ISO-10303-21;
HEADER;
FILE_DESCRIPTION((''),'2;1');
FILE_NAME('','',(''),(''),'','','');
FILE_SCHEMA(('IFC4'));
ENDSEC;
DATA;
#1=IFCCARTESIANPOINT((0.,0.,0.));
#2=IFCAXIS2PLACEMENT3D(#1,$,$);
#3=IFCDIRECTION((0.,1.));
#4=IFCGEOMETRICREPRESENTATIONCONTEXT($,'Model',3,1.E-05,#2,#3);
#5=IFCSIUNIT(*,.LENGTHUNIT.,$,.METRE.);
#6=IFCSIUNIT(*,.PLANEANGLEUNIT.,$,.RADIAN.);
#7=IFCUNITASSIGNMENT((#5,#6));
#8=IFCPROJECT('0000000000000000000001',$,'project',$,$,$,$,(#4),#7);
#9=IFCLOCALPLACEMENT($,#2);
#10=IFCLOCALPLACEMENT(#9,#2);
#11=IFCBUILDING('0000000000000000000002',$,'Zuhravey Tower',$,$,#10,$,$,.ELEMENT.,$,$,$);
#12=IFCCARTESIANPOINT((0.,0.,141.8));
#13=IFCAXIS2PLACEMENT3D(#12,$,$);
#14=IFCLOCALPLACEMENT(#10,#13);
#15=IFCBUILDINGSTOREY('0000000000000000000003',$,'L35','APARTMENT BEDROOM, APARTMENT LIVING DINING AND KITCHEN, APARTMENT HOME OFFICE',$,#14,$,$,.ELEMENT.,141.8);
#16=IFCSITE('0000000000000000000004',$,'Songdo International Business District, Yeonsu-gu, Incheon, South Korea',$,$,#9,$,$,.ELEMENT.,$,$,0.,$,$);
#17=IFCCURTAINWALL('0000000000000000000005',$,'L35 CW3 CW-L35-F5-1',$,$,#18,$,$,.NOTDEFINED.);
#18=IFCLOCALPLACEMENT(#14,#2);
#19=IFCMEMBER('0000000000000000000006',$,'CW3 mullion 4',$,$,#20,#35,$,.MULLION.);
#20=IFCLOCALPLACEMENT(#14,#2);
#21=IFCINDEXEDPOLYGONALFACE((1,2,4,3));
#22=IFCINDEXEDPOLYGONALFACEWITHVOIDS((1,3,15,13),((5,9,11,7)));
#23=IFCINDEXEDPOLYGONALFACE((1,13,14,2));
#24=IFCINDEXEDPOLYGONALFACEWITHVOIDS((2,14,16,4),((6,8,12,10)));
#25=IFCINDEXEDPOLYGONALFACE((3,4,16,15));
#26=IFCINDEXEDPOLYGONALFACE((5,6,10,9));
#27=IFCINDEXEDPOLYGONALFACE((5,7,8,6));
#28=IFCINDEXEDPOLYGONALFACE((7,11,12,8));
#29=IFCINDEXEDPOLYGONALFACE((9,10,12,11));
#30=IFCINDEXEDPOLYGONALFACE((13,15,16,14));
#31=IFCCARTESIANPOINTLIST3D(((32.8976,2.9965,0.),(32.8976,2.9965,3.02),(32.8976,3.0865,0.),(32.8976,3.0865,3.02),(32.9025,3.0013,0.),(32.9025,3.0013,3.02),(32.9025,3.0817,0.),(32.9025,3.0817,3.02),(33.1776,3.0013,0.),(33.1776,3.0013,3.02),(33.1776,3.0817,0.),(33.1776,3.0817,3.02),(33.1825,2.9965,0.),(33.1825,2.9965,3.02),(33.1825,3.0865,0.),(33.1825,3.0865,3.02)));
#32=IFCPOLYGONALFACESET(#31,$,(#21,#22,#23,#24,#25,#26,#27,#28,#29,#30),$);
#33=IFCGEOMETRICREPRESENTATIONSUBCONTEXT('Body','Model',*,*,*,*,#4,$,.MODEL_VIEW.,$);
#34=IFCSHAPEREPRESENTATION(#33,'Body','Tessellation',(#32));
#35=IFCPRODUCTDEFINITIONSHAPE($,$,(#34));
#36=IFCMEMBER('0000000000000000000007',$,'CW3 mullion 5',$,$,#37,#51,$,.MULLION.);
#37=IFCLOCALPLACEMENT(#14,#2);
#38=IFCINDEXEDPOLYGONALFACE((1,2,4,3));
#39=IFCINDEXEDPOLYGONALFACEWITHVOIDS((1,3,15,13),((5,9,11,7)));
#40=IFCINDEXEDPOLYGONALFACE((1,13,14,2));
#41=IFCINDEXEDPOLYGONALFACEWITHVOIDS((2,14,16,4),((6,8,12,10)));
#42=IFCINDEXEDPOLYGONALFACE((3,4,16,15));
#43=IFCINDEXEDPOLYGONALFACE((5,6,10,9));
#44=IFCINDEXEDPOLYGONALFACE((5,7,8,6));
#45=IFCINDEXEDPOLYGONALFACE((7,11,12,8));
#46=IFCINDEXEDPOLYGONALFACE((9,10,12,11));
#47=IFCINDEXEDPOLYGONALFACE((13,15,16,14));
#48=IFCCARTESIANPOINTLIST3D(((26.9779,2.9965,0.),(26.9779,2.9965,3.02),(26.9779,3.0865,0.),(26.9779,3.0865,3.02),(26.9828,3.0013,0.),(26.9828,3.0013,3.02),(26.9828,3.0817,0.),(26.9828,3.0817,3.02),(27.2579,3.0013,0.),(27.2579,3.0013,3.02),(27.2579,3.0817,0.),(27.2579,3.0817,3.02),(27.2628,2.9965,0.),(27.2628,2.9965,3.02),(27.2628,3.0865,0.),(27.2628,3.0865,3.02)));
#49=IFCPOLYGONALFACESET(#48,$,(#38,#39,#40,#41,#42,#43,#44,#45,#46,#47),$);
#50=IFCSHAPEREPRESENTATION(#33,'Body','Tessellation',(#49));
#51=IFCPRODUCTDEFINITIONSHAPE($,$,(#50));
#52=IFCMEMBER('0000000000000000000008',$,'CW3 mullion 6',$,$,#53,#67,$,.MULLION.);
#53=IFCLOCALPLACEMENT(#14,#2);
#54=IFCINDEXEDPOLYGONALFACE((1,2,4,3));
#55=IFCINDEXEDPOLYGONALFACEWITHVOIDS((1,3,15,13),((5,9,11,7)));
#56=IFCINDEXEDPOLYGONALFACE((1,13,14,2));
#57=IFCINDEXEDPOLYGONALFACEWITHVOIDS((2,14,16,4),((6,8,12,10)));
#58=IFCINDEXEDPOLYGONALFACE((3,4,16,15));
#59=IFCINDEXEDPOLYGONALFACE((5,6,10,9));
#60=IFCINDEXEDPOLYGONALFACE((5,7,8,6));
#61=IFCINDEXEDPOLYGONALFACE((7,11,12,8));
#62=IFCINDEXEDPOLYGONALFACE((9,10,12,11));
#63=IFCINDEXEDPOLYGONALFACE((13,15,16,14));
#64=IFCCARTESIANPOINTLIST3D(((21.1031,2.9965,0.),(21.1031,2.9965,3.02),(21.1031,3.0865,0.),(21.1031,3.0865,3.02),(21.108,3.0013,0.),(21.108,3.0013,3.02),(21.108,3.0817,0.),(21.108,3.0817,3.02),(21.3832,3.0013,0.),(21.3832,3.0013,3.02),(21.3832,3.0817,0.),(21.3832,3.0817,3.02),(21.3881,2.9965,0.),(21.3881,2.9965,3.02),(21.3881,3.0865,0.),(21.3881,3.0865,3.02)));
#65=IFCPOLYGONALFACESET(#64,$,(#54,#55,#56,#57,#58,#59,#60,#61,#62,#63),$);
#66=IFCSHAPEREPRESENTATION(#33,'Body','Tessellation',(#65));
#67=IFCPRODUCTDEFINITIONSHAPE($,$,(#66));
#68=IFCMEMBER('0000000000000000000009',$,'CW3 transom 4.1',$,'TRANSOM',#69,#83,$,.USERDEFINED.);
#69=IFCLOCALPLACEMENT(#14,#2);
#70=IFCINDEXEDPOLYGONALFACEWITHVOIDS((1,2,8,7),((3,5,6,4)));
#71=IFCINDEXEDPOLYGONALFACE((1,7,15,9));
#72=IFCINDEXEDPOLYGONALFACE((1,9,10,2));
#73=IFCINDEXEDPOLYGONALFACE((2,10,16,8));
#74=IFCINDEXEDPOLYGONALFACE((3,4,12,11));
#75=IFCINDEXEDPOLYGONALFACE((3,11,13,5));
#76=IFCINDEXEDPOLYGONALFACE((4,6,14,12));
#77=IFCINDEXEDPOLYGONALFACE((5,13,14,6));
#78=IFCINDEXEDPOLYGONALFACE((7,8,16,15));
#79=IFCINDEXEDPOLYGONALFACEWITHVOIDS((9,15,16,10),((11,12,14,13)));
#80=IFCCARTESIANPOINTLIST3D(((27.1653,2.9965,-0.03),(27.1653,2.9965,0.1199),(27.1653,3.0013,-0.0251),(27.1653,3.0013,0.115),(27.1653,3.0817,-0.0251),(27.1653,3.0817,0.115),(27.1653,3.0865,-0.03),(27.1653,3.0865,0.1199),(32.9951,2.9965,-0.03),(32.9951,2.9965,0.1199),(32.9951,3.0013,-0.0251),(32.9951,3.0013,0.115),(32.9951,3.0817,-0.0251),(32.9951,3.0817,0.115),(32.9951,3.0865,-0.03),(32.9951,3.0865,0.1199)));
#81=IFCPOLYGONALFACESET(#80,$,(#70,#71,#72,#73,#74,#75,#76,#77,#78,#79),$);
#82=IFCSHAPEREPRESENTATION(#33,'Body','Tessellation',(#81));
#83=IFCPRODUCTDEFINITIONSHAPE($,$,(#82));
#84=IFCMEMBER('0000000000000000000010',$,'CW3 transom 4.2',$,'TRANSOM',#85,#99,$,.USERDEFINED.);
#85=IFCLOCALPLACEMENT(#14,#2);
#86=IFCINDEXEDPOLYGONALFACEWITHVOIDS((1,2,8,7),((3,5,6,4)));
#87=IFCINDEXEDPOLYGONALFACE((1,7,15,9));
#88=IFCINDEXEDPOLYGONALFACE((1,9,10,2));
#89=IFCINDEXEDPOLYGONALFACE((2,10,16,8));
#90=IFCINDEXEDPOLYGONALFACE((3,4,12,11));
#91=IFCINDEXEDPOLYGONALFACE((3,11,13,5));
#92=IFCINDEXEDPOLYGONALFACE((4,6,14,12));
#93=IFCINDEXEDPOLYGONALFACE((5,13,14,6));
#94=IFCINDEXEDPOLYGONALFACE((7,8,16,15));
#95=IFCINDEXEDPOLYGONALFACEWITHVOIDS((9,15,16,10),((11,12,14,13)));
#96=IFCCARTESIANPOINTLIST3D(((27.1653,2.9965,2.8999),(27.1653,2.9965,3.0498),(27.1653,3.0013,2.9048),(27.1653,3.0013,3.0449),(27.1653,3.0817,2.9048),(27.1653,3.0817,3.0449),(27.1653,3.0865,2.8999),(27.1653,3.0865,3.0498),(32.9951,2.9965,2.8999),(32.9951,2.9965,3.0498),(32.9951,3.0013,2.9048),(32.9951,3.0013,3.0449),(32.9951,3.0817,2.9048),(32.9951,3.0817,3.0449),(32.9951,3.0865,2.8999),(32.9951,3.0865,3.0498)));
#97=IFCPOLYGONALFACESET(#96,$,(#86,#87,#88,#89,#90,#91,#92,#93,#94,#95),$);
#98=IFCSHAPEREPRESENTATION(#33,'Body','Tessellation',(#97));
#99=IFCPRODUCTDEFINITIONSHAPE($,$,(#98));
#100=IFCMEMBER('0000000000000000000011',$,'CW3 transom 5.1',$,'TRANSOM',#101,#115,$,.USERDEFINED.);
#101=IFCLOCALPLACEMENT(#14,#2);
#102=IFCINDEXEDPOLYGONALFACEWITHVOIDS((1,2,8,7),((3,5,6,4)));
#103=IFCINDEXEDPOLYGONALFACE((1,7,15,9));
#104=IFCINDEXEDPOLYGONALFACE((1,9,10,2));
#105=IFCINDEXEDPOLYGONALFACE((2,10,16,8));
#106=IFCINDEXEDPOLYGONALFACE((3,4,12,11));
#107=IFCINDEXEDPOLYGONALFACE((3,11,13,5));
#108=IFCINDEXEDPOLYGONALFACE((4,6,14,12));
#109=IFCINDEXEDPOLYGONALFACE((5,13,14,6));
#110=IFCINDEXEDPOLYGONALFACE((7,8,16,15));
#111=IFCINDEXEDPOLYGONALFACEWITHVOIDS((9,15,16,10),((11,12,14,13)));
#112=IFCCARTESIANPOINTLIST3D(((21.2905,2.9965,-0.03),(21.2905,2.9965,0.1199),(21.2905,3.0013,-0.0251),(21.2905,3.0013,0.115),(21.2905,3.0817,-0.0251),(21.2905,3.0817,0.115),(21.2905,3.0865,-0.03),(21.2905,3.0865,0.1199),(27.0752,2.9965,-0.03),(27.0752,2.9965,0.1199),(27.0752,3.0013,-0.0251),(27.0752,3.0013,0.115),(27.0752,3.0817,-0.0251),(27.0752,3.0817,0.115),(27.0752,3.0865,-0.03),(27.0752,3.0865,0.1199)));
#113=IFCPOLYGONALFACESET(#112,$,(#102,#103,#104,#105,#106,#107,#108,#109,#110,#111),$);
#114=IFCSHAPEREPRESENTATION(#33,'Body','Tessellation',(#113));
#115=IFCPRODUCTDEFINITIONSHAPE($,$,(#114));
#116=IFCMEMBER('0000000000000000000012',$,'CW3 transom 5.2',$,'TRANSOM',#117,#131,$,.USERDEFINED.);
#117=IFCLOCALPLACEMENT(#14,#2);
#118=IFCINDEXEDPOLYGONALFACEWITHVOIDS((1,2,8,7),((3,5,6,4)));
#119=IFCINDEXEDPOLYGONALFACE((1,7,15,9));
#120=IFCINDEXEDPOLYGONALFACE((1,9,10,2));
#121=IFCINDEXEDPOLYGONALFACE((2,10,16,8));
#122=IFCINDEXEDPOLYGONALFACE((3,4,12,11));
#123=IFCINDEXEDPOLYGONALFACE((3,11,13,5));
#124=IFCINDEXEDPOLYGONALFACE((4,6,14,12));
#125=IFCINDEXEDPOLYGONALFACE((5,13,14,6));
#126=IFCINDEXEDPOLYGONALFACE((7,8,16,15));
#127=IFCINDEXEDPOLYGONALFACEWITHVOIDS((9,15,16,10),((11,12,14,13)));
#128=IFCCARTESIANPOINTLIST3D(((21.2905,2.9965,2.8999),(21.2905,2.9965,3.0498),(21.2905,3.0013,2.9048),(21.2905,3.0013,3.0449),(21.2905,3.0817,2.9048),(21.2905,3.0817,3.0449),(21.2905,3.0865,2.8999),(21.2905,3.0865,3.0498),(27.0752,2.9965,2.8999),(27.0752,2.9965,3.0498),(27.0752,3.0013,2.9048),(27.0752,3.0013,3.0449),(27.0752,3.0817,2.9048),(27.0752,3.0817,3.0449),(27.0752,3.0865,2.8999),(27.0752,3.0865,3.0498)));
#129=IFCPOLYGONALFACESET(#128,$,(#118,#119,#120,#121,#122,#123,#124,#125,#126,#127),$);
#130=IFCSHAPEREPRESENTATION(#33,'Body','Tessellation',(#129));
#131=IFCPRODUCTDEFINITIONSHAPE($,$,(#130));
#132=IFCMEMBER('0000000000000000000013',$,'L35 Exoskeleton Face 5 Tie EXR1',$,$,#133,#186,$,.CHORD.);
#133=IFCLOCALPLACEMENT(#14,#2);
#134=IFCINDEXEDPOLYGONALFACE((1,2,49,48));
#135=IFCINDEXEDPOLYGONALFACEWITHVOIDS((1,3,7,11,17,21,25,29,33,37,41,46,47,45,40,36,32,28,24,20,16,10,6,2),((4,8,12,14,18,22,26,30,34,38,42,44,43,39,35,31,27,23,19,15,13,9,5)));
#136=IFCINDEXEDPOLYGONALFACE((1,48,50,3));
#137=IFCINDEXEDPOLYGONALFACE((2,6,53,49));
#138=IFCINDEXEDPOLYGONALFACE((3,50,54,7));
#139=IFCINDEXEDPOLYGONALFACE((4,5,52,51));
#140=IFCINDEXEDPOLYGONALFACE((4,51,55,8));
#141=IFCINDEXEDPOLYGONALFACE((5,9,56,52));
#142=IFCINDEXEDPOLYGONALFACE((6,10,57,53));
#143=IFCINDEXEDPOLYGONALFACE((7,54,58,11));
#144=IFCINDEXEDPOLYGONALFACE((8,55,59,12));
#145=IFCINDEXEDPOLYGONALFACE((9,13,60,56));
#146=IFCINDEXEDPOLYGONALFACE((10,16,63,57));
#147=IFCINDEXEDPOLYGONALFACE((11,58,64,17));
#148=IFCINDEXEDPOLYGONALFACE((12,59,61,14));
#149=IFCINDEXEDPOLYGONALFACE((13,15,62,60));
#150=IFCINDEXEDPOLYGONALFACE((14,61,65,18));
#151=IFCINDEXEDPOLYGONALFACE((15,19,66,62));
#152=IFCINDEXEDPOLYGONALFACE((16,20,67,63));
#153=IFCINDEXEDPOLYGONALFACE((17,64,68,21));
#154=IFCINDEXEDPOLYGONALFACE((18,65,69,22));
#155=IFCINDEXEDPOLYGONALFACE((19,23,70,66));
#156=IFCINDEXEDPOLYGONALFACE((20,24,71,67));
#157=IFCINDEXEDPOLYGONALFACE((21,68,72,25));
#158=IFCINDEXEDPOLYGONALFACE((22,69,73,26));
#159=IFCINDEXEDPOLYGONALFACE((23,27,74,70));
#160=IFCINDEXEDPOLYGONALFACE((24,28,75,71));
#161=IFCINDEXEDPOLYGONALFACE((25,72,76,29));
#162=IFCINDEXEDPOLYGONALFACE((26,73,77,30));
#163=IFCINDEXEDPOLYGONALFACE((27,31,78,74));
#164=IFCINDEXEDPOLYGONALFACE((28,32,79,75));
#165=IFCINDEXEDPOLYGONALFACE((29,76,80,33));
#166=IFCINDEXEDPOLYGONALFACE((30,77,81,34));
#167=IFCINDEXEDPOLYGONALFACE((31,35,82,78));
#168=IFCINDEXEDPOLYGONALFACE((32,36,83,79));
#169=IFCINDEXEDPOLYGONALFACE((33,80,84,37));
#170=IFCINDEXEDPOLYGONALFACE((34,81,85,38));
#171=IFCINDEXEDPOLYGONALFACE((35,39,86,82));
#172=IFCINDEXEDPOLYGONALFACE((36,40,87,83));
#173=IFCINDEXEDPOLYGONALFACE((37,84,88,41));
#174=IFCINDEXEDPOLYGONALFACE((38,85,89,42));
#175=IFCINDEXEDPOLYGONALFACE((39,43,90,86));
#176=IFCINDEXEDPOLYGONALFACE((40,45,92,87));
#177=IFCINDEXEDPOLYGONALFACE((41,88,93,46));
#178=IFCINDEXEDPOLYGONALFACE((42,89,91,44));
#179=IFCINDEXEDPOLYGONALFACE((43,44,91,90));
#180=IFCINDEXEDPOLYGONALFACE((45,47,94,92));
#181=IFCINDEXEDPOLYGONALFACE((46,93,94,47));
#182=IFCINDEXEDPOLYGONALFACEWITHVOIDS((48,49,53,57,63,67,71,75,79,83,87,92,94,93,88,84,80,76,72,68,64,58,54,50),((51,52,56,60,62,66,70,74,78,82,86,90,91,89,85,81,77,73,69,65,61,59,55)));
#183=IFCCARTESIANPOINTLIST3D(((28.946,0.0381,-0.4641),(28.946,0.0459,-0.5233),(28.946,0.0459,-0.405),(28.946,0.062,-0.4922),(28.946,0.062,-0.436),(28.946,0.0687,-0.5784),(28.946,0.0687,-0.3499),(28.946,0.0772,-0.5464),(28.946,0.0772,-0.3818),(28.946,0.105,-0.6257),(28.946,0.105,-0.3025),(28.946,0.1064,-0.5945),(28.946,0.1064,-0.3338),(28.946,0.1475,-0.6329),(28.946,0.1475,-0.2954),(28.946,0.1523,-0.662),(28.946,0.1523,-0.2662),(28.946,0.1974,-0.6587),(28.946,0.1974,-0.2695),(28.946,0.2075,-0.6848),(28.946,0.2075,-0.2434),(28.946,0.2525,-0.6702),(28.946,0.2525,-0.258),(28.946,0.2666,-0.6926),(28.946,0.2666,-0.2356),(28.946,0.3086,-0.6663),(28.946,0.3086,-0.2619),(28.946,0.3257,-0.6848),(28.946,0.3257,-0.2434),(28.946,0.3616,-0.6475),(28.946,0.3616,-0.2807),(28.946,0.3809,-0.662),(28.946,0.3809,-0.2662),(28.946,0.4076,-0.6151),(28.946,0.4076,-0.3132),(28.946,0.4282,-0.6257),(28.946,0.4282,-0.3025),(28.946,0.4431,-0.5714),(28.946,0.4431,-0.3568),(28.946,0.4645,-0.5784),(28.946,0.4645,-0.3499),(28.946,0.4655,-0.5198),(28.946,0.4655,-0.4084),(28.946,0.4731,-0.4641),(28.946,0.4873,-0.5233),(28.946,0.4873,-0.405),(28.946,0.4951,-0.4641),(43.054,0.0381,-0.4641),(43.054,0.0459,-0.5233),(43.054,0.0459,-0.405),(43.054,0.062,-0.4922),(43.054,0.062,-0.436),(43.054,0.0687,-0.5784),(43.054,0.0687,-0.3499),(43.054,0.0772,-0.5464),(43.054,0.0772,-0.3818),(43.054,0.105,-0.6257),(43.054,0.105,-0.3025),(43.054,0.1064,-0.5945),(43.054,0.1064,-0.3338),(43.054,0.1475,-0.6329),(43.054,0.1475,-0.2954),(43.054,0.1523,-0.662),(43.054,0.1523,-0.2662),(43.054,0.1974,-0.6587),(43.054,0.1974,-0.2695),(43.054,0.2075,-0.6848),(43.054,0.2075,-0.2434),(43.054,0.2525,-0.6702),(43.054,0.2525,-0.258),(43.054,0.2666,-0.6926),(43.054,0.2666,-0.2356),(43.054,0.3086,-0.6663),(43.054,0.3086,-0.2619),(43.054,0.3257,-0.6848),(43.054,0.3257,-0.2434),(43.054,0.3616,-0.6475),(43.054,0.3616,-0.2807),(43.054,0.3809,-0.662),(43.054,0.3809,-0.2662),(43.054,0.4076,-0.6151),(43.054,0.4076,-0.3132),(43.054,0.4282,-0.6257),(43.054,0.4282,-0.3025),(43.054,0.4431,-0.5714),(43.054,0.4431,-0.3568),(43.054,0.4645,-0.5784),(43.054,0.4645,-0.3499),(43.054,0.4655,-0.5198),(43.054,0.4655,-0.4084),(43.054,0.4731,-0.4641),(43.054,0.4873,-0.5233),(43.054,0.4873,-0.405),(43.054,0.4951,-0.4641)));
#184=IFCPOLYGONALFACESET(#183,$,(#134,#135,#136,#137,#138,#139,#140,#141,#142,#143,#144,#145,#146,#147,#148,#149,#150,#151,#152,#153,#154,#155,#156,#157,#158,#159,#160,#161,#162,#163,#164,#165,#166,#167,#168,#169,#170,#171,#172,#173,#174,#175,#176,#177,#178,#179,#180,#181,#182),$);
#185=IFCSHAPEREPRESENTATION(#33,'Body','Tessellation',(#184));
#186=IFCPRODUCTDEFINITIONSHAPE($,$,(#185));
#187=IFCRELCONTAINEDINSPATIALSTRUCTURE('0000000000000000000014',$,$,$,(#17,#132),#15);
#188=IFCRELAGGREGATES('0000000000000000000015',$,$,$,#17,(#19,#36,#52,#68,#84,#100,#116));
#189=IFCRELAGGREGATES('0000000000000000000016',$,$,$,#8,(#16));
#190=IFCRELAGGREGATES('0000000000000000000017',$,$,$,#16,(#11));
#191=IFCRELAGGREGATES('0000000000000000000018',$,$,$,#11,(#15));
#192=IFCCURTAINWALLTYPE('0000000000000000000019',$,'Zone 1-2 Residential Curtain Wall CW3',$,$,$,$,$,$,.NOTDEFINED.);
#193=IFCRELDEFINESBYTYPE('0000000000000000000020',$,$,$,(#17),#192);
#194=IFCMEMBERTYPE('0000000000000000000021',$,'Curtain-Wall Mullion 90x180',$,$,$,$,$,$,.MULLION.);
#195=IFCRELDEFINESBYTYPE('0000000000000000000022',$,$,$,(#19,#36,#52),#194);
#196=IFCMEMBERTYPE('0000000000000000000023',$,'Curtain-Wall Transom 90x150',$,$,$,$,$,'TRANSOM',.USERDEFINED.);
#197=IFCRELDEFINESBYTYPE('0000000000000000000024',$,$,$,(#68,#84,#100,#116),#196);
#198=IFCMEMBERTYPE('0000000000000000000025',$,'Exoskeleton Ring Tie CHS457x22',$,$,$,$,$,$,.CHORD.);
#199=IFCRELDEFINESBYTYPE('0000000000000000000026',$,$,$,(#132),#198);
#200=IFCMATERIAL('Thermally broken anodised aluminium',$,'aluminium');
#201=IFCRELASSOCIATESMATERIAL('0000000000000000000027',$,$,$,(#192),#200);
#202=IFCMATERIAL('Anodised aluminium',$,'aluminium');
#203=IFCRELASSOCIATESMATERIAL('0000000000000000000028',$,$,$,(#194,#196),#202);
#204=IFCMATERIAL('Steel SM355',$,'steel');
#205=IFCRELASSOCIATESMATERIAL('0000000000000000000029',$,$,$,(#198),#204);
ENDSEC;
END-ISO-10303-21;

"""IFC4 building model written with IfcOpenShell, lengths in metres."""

from ifc_helpers import new_model, si_unit, direction, frame, origin, origin_2d, place, context, subcontext, project, spatial, hollow_rectangle, hollow_circle, extrude, material, material_profile, profile_set, type_object, element, aggregate, save


model = new_model("IFC4")

# Units and contexts
model_context = context("Model", 3, precision=1e-05, world=origin(), true_north=direction((0.0, 1.0)))
body_context = subcontext(model_context, "Body", "Model", "MODEL_VIEW")
ifc_project = project(units=[si_unit("LENGTHUNIT", "METRE"), si_unit("PLANEANGLEUNIT", "RADIAN")], contexts=[model_context])

# Site, building, storey
site_placement = place(None, origin())
site = spatial("IfcSite", under=ifc_project, at=site_placement, Name="Songdo International Business District, Yeonsu-gu, Incheon, South Korea", CompositionType="ELEMENT", RefElevation=0.0)
building_placement = place(site_placement, origin())
building = spatial("IfcBuilding", under=site, at=building_placement, Name="Zuhravey Tower", CompositionType="ELEMENT")
storey_placement = place(building_placement, frame((0.0, 0.0, 141.8)))
storey = spatial("IfcBuildingStorey", under=building, at=storey_placement, Name="L35", Description="APARTMENT BEDROOM, APARTMENT LIVING DINING AND KITCHEN, APARTMENT HOME OFFICE", CompositionType="ELEMENT", Elevation=141.8)

# Curtain wall, members
ifc_material_1 = material(Name="Thermally broken anodised aluminium", Category="aluminium")
curtain_wall_type = type_object("IfcCurtainWallType", Name="Zone 1-2 Residential Curtain Wall CW3", PredefinedType="NOTDEFINED", material=ifc_material_1)
curtain_wall_placement = place(storey_placement, origin())
curtain_wall = element("IfcCurtainWall", 1, at=curtain_wall_placement, inside=storey, type_object=curtain_wall_type, Name="L35 CW3 CW-L35-F5-1", PredefinedType="NOTDEFINED")
ifc_material_2 = material(Name="Anodised aluminium", Category="aluminium")
ifc_material_profile_1 = material_profile(ifc_material_2, hollow_rectangle(XDim=0.0901, YDim=0.2849, WallThickness=0.0049, at=origin_2d()), Name="ALU-RHS-90x285x5")
ifc_profile_set_1 = profile_set([ifc_material_profile_1], Name="Anodised aluminium")
member_type_1 = type_object("IfcMemberType", Name="Curtain-Wall Mullion 90x180", PredefinedType="MULLION", material=ifc_profile_set_1)
member_1_placement = place(storey_placement, frame((33.04, 3.0415, 0.0), z_axis=(0.0, 0.0, 1.0), x_axis=(0.0, -1.0, 0.0)))
member_1 = element("IfcMember", 2, at=member_1_placement, type_object=member_type_1, Name="CW3 mullion 4", PredefinedType="MULLION", context=body_context, shape_type="SweptSolid", body=[
    extrude(hollow_rectangle(XDim=0.0901, YDim=0.2849, WallThickness=0.0049, at=origin_2d()), origin(), (0.0, 0.0, 1.0), 3.02),
])
member_2_placement = place(storey_placement, frame((27.1204, 3.0415, 0.0), z_axis=(0.0, 0.0, 1.0), x_axis=(0.0, -1.0, 0.0)))
member_2 = element("IfcMember", 3, at=member_2_placement, type_object=member_type_1, Name="CW3 mullion 5", PredefinedType="MULLION", context=body_context, shape_type="SweptSolid", body=[
    extrude(hollow_rectangle(XDim=0.0901, YDim=0.2849, WallThickness=0.0049, at=origin_2d()), origin(), (0.0, 0.0, 1.0), 3.02),
])
member_3_placement = place(storey_placement, frame((21.2456, 3.0415, 0.0), z_axis=(0.0, 0.0, 1.0), x_axis=(0.0, -1.0, 0.0)))
member_3 = element("IfcMember", 4, at=member_3_placement, type_object=member_type_1, Name="CW3 mullion 6", PredefinedType="MULLION", context=body_context, shape_type="SweptSolid", body=[
    extrude(hollow_rectangle(XDim=0.0901, YDim=0.2849, WallThickness=0.0049, at=origin_2d()), origin(), (0.0, 0.0, 1.0), 3.02),
])
ifc_material_profile_2 = material_profile(ifc_material_2, hollow_rectangle(XDim=0.0901, YDim=0.1499, WallThickness=0.0049, at=origin_2d()), Name="ALU-RHS-90x150x5")
ifc_profile_set_2 = profile_set([ifc_material_profile_2], Name="Anodised aluminium")
member_type_2 = type_object("IfcMemberType", Name="Curtain-Wall Transom 90x150", ElementType="TRANSOM", PredefinedType="USERDEFINED", material=ifc_profile_set_2)
member_4_placement = place(storey_placement, frame((32.9951, 3.0415, 0.0449), z_axis=(-1.0, 0.0, 0.0), x_axis=(0.0, -1.0, 0.0)))
member_4 = element("IfcMember", 5, at=member_4_placement, type_object=member_type_2, Name="CW3 transom 4.1", ObjectType="TRANSOM", PredefinedType="USERDEFINED", context=body_context, shape_type="SweptSolid", body=[
    extrude(hollow_rectangle(XDim=0.0901, YDim=0.1499, WallThickness=0.0049, at=origin_2d()), origin(), (0.0, 0.0, 1.0), 5.8298),
])
member_5_placement = place(storey_placement, frame((32.9951, 3.0415, 2.9749), z_axis=(-1.0, 0.0, 0.0), x_axis=(0.0, -1.0, 0.0)))
member_5 = element("IfcMember", 6, at=member_5_placement, type_object=member_type_2, Name="CW3 transom 4.2", ObjectType="TRANSOM", PredefinedType="USERDEFINED", context=body_context, shape_type="SweptSolid", body=[
    extrude(hollow_rectangle(XDim=0.0901, YDim=0.1499, WallThickness=0.0049, at=origin_2d()), origin(), (0.0, 0.0, 1.0), 5.8298),
])
member_6_placement = place(storey_placement, frame((27.0752, 3.0415, 0.0449), z_axis=(-1.0, 0.0, 0.0), x_axis=(0.0, -1.0, 0.0)))
member_6 = element("IfcMember", 7, at=member_6_placement, type_object=member_type_2, Name="CW3 transom 5.1", ObjectType="TRANSOM", PredefinedType="USERDEFINED", context=body_context, shape_type="SweptSolid", body=[
    extrude(hollow_rectangle(XDim=0.0901, YDim=0.1499, WallThickness=0.0049, at=origin_2d()), origin(), (0.0, 0.0, 1.0), 5.7847),
])
member_7_placement = place(storey_placement, frame((27.0752, 3.0415, 2.9749), z_axis=(-1.0, 0.0, 0.0), x_axis=(0.0, -1.0, 0.0)))
member_7 = element("IfcMember", 8, at=member_7_placement, type_object=member_type_2, Name="CW3 transom 5.2", ObjectType="TRANSOM", PredefinedType="USERDEFINED", context=body_context, shape_type="SweptSolid", body=[
    extrude(hollow_rectangle(XDim=0.0901, YDim=0.1499, WallThickness=0.0049, at=origin_2d()), origin(), (0.0, 0.0, 1.0), 5.7847),
])

# Member
ifc_material_3 = material(Name="Steel SM355", Category="steel")
ifc_material_profile_3 = material_profile(ifc_material_3, hollow_circle(Radius=0.2285, WallThickness=0.022, at=origin_2d()), Name="CHS-457.2x22")
ifc_profile_set_3 = profile_set([ifc_material_profile_3], Name="Steel SM355")
member_type_3 = type_object("IfcMemberType", Name="Exoskeleton Ring Tie CHS457x22", PredefinedType="CHORD", material=ifc_profile_set_3)
member_8_placement = place(storey_placement, frame((28.946, 0.2666, -0.4641), z_axis=(1.0, 0.0, 0.0), x_axis=(0.0, 1.0, 0.0)))
element("IfcMember", 9, at=member_8_placement, inside=storey, type_object=member_type_3, Name="L35 Exoskeleton Face 5 Tie EXR1", PredefinedType="CHORD", context=body_context, shape_type="SweptSolid", body=[
    extrude(hollow_circle(Radius=0.2285, WallThickness=0.022, at=origin_2d()), origin(), (0.0, 0.0, 1.0), 14.1079),
])

aggregate(curtain_wall, [member_1, member_2, member_3, member_4, member_5, member_6, member_7])

save(model, "model.ifc")
